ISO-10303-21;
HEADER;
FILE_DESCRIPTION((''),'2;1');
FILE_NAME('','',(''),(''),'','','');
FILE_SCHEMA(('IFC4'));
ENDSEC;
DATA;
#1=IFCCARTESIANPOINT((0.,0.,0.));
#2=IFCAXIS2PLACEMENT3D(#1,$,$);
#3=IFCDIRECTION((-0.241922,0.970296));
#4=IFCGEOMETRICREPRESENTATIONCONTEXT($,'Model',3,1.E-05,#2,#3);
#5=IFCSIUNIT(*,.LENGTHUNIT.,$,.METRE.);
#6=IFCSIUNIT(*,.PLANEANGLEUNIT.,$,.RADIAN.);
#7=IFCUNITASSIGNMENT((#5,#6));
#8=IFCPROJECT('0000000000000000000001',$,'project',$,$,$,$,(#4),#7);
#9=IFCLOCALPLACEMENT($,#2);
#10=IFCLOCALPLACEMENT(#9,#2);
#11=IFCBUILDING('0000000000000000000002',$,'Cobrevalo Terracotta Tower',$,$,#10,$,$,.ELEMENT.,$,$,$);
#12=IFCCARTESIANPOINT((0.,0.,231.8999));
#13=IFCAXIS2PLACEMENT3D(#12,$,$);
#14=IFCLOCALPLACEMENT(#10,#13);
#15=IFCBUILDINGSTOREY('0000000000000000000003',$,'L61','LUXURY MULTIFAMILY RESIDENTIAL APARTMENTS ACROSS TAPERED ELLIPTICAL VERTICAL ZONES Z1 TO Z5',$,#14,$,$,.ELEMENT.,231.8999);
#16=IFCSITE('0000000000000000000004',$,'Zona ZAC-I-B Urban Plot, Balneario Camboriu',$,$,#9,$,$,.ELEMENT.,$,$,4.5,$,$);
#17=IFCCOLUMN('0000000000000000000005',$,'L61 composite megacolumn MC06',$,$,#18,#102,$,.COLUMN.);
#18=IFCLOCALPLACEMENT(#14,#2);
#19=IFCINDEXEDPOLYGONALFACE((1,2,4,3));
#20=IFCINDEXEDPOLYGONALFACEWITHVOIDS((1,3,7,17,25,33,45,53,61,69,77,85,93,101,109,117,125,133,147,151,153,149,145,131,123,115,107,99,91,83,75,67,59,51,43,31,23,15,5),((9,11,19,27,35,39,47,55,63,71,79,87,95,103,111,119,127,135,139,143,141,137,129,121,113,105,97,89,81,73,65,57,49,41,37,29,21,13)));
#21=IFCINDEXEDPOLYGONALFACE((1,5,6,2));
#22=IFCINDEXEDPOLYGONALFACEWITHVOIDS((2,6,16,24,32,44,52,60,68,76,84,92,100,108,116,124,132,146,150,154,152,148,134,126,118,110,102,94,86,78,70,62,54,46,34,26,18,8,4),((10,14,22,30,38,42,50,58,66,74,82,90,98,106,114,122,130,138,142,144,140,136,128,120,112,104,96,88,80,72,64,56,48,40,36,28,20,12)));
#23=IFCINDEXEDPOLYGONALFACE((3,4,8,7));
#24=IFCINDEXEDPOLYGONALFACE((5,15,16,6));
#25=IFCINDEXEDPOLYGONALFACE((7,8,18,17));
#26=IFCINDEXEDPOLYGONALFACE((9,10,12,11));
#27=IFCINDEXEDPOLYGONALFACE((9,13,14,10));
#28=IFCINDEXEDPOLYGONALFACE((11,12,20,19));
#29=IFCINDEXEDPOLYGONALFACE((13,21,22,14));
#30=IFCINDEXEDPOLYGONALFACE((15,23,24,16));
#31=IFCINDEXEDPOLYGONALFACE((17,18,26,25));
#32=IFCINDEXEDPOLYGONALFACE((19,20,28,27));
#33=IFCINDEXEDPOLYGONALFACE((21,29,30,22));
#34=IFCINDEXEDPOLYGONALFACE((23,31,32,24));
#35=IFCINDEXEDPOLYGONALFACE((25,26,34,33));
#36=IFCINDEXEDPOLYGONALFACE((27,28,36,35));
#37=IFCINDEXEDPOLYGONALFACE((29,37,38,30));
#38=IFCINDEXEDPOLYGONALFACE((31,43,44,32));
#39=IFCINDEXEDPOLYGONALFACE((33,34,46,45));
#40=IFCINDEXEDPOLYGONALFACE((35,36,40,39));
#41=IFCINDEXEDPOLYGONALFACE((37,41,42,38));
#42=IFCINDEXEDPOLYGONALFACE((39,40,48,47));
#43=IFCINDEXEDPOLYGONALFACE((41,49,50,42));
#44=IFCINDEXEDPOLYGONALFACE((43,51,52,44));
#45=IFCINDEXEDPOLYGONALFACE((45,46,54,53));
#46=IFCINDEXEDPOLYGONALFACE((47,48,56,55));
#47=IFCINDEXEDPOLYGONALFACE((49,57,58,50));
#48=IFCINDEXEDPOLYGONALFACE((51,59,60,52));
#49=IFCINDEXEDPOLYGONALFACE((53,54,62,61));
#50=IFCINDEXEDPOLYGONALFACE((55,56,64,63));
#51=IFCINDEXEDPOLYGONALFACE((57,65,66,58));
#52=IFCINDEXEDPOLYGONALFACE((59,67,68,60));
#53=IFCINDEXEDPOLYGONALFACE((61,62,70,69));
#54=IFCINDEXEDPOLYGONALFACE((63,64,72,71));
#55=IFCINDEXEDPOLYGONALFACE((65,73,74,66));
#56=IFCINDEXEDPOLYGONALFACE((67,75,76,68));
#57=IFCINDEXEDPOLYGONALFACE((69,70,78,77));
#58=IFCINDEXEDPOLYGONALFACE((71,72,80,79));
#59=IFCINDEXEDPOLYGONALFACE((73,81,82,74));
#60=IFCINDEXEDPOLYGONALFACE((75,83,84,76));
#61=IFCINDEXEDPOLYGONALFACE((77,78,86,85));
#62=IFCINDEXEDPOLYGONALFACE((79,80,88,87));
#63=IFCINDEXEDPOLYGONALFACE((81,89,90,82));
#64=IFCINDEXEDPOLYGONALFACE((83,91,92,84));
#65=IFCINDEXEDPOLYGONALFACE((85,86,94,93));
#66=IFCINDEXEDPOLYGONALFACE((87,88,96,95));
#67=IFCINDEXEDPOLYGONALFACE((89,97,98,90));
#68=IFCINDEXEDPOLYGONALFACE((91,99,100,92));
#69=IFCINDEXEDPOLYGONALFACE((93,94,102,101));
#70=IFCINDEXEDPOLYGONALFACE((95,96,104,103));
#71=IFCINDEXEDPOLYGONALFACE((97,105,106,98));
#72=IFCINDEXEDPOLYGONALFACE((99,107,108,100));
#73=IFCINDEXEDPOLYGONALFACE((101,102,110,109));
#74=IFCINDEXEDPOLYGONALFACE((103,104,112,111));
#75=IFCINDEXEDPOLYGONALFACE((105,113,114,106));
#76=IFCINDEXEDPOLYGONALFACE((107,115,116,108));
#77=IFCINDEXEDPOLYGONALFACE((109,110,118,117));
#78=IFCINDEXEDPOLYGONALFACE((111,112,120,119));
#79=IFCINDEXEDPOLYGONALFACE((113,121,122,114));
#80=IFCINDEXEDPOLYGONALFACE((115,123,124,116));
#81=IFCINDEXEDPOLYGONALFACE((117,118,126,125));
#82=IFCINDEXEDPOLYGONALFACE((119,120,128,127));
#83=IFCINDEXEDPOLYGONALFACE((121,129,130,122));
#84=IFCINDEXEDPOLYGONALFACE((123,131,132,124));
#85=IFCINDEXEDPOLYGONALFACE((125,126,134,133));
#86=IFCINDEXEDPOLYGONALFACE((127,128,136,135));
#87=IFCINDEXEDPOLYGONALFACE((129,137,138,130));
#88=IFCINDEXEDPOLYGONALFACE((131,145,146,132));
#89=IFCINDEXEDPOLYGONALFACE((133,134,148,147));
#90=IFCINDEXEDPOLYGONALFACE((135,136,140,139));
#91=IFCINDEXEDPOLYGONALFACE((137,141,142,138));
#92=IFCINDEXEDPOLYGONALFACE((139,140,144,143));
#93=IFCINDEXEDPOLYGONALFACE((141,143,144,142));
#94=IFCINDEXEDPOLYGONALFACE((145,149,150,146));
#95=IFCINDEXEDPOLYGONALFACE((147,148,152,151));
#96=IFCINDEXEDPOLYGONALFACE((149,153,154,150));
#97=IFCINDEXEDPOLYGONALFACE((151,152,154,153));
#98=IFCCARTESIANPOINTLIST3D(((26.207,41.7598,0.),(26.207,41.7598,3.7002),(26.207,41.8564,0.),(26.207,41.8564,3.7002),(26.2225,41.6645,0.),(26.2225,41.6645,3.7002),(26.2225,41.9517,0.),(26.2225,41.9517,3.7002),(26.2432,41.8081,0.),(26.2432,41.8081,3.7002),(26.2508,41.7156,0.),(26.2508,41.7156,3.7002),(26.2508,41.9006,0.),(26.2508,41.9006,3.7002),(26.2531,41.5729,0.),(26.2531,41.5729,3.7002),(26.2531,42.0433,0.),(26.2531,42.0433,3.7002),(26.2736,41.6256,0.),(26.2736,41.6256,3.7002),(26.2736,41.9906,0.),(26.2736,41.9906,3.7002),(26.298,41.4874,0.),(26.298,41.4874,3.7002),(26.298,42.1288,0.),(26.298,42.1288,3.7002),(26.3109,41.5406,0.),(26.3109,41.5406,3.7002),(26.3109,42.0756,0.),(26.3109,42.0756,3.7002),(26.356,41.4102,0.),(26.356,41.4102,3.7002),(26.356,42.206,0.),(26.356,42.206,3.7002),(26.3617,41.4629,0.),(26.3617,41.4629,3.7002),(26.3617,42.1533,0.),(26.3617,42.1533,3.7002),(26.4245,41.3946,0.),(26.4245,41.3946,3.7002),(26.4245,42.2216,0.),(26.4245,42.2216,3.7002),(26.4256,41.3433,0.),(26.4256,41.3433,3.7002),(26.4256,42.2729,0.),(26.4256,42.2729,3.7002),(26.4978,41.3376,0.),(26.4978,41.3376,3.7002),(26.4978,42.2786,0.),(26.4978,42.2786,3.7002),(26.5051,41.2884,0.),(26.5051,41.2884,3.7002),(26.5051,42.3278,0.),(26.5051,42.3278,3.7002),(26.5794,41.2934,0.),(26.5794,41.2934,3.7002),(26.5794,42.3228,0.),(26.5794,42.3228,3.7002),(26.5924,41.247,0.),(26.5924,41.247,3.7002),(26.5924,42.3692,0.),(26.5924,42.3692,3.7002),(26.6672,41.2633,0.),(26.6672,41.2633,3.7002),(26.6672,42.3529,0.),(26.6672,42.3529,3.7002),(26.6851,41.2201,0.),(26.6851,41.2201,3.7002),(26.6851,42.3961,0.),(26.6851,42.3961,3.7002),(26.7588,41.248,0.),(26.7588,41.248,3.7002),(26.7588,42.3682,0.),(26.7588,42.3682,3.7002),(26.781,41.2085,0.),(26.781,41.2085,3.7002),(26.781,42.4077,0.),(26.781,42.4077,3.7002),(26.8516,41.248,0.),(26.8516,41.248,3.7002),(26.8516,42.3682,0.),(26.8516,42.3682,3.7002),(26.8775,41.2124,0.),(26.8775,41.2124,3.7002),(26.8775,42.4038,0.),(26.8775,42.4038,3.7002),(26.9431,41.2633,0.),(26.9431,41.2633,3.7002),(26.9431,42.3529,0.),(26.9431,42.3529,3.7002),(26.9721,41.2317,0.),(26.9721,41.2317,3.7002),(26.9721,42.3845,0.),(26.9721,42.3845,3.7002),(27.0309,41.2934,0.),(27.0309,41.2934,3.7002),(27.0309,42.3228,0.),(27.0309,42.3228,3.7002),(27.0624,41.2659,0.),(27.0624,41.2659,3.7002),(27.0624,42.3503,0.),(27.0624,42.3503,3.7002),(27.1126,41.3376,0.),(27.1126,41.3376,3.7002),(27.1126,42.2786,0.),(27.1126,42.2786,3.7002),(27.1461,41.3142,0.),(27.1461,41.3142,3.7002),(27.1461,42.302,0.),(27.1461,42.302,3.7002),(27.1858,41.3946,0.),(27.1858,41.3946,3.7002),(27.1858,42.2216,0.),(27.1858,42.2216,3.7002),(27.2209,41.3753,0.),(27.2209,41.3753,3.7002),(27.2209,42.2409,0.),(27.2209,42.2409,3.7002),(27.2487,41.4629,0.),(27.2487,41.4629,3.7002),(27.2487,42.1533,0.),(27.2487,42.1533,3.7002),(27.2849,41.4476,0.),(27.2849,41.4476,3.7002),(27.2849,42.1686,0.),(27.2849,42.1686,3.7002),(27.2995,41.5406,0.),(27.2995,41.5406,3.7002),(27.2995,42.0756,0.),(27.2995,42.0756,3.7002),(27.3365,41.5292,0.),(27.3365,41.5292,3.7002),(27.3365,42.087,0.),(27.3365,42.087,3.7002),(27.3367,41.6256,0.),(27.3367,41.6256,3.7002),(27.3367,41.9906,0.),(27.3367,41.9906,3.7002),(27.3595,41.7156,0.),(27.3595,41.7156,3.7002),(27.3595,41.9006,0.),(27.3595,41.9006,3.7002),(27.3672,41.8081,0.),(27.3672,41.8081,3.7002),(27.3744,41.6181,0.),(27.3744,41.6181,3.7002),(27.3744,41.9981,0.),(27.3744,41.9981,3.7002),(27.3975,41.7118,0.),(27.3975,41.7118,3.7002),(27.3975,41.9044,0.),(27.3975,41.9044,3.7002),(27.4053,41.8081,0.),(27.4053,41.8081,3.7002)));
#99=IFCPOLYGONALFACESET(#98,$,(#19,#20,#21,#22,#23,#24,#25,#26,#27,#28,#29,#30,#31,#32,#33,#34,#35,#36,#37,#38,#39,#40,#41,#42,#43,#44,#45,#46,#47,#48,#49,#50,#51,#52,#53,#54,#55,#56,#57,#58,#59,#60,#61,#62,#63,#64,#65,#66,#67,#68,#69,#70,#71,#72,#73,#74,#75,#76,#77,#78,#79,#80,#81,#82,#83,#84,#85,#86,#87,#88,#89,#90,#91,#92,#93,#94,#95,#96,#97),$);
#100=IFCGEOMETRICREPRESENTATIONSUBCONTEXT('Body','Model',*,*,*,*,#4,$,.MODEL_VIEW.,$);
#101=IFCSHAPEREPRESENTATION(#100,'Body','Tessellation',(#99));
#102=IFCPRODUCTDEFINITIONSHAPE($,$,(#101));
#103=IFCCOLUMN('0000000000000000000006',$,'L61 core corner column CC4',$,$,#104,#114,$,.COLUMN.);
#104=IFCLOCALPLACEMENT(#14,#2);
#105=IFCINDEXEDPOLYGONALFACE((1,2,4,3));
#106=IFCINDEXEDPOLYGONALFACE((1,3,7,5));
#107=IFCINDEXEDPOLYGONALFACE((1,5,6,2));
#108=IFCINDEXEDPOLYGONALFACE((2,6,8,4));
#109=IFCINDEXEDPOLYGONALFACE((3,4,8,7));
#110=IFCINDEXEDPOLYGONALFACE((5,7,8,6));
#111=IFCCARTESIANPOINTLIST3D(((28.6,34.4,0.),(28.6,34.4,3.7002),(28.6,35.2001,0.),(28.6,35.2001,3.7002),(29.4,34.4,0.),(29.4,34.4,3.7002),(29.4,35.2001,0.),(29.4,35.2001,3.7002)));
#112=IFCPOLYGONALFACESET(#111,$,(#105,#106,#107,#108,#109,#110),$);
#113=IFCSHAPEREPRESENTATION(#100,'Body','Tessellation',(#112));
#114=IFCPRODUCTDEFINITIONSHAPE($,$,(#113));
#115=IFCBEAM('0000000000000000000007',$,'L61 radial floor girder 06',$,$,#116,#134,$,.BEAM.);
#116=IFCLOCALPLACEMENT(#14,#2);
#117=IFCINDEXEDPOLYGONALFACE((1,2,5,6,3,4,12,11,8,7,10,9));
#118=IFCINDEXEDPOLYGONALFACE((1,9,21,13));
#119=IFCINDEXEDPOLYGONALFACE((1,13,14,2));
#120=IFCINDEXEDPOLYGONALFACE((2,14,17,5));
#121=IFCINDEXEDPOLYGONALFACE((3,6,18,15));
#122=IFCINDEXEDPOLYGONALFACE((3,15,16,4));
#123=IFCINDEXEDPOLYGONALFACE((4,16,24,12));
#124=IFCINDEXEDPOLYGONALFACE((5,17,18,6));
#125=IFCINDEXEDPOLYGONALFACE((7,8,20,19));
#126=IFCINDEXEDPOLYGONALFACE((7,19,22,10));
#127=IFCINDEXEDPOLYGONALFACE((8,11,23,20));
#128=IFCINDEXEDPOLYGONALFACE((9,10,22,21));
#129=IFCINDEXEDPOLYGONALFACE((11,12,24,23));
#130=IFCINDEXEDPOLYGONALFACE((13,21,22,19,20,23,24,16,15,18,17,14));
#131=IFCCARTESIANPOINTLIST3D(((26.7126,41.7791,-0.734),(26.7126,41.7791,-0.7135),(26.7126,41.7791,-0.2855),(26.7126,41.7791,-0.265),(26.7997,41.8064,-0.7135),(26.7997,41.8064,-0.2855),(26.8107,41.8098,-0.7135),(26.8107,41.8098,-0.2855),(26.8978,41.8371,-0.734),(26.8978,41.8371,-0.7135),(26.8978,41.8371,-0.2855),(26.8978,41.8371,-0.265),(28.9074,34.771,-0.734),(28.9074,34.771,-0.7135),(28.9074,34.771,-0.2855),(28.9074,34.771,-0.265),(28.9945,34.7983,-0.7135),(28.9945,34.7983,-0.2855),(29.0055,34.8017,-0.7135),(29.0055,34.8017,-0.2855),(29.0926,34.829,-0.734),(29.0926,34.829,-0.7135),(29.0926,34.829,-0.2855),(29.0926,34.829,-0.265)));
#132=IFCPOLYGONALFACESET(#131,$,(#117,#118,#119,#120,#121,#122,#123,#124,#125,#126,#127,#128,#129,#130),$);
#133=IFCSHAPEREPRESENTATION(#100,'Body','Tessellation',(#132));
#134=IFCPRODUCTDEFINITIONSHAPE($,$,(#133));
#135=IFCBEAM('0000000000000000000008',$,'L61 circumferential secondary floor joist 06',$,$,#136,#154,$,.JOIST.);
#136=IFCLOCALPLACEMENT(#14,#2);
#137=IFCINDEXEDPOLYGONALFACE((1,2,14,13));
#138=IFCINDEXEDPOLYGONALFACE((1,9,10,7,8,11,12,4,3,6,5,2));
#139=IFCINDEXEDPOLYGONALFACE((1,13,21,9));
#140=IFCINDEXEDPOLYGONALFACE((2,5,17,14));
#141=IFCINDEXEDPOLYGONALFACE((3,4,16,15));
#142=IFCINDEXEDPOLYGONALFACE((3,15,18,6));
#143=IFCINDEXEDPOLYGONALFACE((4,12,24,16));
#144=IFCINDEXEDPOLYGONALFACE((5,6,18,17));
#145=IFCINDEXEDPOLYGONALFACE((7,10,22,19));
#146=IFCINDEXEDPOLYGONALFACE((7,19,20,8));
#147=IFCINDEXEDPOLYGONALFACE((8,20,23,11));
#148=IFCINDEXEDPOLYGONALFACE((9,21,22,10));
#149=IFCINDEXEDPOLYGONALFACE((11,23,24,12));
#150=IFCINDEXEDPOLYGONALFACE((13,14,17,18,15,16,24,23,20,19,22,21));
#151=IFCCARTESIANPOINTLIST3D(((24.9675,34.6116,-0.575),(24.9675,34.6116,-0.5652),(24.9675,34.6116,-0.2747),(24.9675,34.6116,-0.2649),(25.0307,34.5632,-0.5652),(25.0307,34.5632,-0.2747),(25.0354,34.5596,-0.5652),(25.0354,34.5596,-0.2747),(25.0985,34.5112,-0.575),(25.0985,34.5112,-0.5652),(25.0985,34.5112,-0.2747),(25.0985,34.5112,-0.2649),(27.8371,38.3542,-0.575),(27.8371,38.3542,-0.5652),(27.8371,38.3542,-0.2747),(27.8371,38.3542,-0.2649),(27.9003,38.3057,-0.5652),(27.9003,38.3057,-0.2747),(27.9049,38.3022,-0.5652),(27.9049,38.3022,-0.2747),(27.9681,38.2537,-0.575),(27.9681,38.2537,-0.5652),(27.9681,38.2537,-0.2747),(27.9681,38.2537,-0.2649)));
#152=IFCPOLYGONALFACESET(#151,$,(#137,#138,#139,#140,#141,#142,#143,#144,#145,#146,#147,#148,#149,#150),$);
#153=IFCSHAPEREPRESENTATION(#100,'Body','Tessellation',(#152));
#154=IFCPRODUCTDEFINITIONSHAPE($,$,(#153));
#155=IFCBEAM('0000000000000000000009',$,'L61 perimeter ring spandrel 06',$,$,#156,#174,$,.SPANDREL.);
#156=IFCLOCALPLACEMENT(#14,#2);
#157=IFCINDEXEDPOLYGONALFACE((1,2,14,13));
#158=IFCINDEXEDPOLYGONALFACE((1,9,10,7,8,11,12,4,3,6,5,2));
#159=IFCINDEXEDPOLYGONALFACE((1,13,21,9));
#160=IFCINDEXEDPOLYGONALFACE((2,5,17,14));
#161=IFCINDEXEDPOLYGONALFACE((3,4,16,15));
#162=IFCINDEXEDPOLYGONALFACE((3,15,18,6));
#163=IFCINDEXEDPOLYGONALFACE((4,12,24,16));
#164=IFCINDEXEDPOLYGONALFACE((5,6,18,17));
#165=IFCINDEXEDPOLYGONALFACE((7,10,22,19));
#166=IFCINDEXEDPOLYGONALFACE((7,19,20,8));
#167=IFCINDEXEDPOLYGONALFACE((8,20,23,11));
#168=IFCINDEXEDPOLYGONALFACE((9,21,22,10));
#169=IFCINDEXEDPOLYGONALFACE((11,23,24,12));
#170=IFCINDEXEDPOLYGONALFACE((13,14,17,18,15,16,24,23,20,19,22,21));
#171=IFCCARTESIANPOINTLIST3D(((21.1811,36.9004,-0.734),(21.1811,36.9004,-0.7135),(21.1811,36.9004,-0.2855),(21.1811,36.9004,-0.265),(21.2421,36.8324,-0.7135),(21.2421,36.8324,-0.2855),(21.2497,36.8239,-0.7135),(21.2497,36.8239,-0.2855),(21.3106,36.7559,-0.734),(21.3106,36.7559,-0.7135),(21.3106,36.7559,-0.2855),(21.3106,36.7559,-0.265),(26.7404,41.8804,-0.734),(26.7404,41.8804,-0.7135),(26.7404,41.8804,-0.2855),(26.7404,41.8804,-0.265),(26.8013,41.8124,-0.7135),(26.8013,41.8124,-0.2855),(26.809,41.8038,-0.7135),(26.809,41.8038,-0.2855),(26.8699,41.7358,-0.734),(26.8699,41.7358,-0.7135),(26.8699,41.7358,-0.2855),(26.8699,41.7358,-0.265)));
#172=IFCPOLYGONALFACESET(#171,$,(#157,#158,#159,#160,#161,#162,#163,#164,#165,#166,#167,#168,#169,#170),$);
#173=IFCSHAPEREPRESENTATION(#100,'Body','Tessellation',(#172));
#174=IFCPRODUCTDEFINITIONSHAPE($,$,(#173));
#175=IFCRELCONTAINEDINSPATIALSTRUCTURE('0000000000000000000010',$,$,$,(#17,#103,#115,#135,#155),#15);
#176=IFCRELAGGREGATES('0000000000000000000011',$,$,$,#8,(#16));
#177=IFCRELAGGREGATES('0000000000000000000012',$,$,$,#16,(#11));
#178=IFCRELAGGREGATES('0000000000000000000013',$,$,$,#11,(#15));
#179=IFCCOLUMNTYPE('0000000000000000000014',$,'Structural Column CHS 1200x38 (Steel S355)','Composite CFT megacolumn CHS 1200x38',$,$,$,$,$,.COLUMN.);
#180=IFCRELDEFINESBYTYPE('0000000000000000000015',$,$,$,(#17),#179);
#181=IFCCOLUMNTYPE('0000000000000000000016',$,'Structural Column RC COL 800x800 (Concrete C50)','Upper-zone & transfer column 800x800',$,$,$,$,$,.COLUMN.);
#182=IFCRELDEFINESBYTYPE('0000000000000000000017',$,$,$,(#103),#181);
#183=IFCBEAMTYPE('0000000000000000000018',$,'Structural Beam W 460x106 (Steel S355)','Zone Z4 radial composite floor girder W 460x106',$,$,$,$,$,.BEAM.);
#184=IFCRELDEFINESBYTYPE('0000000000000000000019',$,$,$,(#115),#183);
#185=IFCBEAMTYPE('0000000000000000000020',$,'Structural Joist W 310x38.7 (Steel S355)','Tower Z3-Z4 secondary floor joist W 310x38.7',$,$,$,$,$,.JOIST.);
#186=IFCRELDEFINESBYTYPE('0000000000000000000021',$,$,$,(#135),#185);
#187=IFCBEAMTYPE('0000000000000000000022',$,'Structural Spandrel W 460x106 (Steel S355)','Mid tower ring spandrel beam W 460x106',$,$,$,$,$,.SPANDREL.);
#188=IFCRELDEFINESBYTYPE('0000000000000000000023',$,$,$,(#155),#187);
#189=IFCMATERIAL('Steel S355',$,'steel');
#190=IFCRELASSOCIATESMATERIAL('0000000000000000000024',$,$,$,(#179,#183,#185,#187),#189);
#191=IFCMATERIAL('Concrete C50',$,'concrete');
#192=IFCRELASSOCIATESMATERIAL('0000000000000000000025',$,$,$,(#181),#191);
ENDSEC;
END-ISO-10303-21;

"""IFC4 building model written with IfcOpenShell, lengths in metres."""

from ifc_helpers import new_model, si_unit, direction, frame, origin, origin_2d, place, context, subcontext, project, spatial, rectangle, hollow_circle, i_section, extrude, material, material_profile, profile_set, type_object, element, save


model = new_model("IFC4")

# Units and contexts
model_context = context("Model", 3, precision=1e-05, world=origin(), true_north=direction((-0.241922, 0.970296)))
body_context = subcontext(model_context, "Body", "Model", "MODEL_VIEW")
ifc_project = project(units=[si_unit("LENGTHUNIT", "METRE"), si_unit("PLANEANGLEUNIT", "RADIAN")], contexts=[model_context])

# Site, building, storey
site_placement = place(None, origin())
site = spatial("IfcSite", under=ifc_project, at=site_placement, Name="Zona ZAC-I-B Urban Plot, Balneario Camboriu", CompositionType="ELEMENT", RefElevation=4.5)
building_placement = place(site_placement, origin())
building = spatial("IfcBuilding", under=site, at=building_placement, Name="Cobrevalo Terracotta Tower", CompositionType="ELEMENT")
storey_placement = place(building_placement, frame((0.0, 0.0, 231.8999)))
storey = spatial("IfcBuildingStorey", under=building, at=storey_placement, Name="L61", Description="LUXURY MULTIFAMILY RESIDENTIAL APARTMENTS ACROSS TAPERED ELLIPTICAL VERTICAL ZONES Z1 TO Z5", CompositionType="ELEMENT", Elevation=231.8999)

# Columns
ifc_material_1 = material(Name="Steel S355", Category="steel")
ifc_material_profile_1 = material_profile(ifc_material_1, hollow_circle(Radius=0.6001, WallThickness=0.0381, at=origin_2d()), Name="CHS 1200x38")
ifc_profile_set_1 = profile_set([ifc_material_profile_1], Name="Steel S355")
column_type_1 = type_object("IfcColumnType", Name="Structural Column CHS 1200x38 (Steel S355)", Description="Composite CFT megacolumn CHS 1200x38", PredefinedType="COLUMN", material=ifc_profile_set_1)
column_1_placement = place(storey_placement, frame((26.8052, 41.8081, 0.0), z_axis=(0.0, 0.0, 1.0), x_axis=(1.0, 0.0, 0.0)))
element("IfcColumn", 1, at=column_1_placement, inside=storey, type_object=column_type_1, Name="L61 composite megacolumn MC06", PredefinedType="COLUMN", context=body_context, shape_type="SweptSolid", body=[
    extrude(hollow_circle(Radius=0.6001, WallThickness=0.0381, at=origin_2d()), origin(), (0.0, 0.0, 1.0), 3.7002),
])
ifc_material_2 = material(Name="Concrete C50", Category="concrete")
ifc_material_profile_2 = material_profile(ifc_material_2, rectangle(XDim=0.8, YDim=0.8, at=origin_2d()), Name="RC COL 800x800")
ifc_profile_set_2 = profile_set([ifc_material_profile_2], Name="Concrete C50")
column_type_2 = type_object("IfcColumnType", Name="Structural Column RC COL 800x800 (Concrete C50)", Description="Upper-zone & transfer column 800x800", PredefinedType="COLUMN", material=ifc_profile_set_2)
column_2_placement = place(storey_placement, frame((29.0, 34.8, 0.0), z_axis=(0.0, 0.0, 1.0), x_axis=(1.0, 0.0, 0.0)))
element("IfcColumn", 2, at=column_2_placement, inside=storey, type_object=column_type_2, Name="L61 core corner column CC4", PredefinedType="COLUMN", context=body_context, shape_type="SweptSolid", body=[
    extrude(rectangle(XDim=0.8, YDim=0.8, at=origin_2d()), origin(), (0.0, 0.0, 1.0), 3.7002),
])

# Beams
ifc_material_profile_3 = material_profile(ifc_material_1, i_section(OverallWidth=0.1941, OverallDepth=0.469, WebThickness=0.0115, FlangeThickness=0.0205, at=origin_2d()), Name="W 460x106")
ifc_profile_set_3 = profile_set([ifc_material_profile_3], Name="Steel S355")
beam_type_1 = type_object("IfcBeamType", Name="Structural Beam W 460x106 (Steel S355)", Description="Zone Z4 radial composite floor girder W 460x106", PredefinedType="BEAM", material=ifc_profile_set_3)
beam_1_placement = place(storey_placement, frame((26.8052, 41.8081, -0.4995), z_axis=(0.298871, -0.954293, 0.0), x_axis=(0.954293, 0.298871, 0.0)))
element("IfcBeam", 3, at=beam_1_placement, inside=storey, type_object=beam_type_1, Name="L61 radial floor girder 06", PredefinedType="BEAM", context=body_context, shape_type="SweptSolid", body=[
    extrude(i_section(OverallWidth=0.1941, OverallDepth=0.469, WebThickness=0.0115, FlangeThickness=0.0205, at=origin_2d()), origin(), (0.0, 0.0, 1.0), 7.3438),
])
ifc_material_profile_4 = material_profile(ifc_material_1, i_section(OverallWidth=0.165, OverallDepth=0.3101, WebThickness=0.0059, FlangeThickness=0.0098, at=origin_2d()), Name="W 310x38.7")
ifc_profile_set_4 = profile_set([ifc_material_profile_4], Name="Steel S355")
beam_type_2 = type_object("IfcBeamType", Name="Structural Joist W 310x38.7 (Steel S355)", Description="Tower Z3-Z4 secondary floor joist W 310x38.7", PredefinedType="JOIST", material=ifc_profile_set_4)
beam_2_placement = place(storey_placement, frame((27.9026, 38.304, -0.4199), z_axis=(-0.608464, -0.793581, 0.0), x_axis=(0.793581, -0.608464, 0.0)))
element("IfcBeam", 4, at=beam_2_placement, inside=storey, type_object=beam_type_2, Name="L61 circumferential secondary floor joist 06", PredefinedType="JOIST", context=body_context, shape_type="SweptSolid", body=[
    extrude(i_section(OverallWidth=0.165, OverallDepth=0.3101, WebThickness=0.0059, FlangeThickness=0.0098, at=origin_2d()), origin(), (0.0, 0.0, 1.0), 4.7161),
])
ifc_material_profile_5 = material_profile(ifc_material_1, i_section(OverallWidth=0.1941, OverallDepth=0.469, WebThickness=0.0115, FlangeThickness=0.0205, at=origin_2d()), Name="W 460x106")
ifc_profile_set_5 = profile_set([ifc_material_profile_5], Name="Steel S355")
beam_type_3 = type_object("IfcBeamType", Name="Structural Spandrel W 460x106 (Steel S355)", Description="Mid tower ring spandrel beam W 460x106", PredefinedType="SPANDREL", material=ifc_profile_set_5)
beam_3_placement = place(storey_placement, frame((26.8052, 41.8081, -0.4995), z_axis=(-0.744852, -0.66723, 0.0), x_axis=(0.66723, -0.744852, 0.0)))
element("IfcBeam", 5, at=beam_3_placement, inside=storey, type_object=beam_type_3, Name="L61 perimeter ring spandrel 06", PredefinedType="SPANDREL", context=body_context, shape_type="SweptSolid", body=[
    extrude(i_section(OverallWidth=0.1941, OverallDepth=0.469, WebThickness=0.0115, FlangeThickness=0.0205, at=origin_2d()), origin(), (0.0, 0.0, 1.0), 7.4636),
])

save(model, "model.ifc")
